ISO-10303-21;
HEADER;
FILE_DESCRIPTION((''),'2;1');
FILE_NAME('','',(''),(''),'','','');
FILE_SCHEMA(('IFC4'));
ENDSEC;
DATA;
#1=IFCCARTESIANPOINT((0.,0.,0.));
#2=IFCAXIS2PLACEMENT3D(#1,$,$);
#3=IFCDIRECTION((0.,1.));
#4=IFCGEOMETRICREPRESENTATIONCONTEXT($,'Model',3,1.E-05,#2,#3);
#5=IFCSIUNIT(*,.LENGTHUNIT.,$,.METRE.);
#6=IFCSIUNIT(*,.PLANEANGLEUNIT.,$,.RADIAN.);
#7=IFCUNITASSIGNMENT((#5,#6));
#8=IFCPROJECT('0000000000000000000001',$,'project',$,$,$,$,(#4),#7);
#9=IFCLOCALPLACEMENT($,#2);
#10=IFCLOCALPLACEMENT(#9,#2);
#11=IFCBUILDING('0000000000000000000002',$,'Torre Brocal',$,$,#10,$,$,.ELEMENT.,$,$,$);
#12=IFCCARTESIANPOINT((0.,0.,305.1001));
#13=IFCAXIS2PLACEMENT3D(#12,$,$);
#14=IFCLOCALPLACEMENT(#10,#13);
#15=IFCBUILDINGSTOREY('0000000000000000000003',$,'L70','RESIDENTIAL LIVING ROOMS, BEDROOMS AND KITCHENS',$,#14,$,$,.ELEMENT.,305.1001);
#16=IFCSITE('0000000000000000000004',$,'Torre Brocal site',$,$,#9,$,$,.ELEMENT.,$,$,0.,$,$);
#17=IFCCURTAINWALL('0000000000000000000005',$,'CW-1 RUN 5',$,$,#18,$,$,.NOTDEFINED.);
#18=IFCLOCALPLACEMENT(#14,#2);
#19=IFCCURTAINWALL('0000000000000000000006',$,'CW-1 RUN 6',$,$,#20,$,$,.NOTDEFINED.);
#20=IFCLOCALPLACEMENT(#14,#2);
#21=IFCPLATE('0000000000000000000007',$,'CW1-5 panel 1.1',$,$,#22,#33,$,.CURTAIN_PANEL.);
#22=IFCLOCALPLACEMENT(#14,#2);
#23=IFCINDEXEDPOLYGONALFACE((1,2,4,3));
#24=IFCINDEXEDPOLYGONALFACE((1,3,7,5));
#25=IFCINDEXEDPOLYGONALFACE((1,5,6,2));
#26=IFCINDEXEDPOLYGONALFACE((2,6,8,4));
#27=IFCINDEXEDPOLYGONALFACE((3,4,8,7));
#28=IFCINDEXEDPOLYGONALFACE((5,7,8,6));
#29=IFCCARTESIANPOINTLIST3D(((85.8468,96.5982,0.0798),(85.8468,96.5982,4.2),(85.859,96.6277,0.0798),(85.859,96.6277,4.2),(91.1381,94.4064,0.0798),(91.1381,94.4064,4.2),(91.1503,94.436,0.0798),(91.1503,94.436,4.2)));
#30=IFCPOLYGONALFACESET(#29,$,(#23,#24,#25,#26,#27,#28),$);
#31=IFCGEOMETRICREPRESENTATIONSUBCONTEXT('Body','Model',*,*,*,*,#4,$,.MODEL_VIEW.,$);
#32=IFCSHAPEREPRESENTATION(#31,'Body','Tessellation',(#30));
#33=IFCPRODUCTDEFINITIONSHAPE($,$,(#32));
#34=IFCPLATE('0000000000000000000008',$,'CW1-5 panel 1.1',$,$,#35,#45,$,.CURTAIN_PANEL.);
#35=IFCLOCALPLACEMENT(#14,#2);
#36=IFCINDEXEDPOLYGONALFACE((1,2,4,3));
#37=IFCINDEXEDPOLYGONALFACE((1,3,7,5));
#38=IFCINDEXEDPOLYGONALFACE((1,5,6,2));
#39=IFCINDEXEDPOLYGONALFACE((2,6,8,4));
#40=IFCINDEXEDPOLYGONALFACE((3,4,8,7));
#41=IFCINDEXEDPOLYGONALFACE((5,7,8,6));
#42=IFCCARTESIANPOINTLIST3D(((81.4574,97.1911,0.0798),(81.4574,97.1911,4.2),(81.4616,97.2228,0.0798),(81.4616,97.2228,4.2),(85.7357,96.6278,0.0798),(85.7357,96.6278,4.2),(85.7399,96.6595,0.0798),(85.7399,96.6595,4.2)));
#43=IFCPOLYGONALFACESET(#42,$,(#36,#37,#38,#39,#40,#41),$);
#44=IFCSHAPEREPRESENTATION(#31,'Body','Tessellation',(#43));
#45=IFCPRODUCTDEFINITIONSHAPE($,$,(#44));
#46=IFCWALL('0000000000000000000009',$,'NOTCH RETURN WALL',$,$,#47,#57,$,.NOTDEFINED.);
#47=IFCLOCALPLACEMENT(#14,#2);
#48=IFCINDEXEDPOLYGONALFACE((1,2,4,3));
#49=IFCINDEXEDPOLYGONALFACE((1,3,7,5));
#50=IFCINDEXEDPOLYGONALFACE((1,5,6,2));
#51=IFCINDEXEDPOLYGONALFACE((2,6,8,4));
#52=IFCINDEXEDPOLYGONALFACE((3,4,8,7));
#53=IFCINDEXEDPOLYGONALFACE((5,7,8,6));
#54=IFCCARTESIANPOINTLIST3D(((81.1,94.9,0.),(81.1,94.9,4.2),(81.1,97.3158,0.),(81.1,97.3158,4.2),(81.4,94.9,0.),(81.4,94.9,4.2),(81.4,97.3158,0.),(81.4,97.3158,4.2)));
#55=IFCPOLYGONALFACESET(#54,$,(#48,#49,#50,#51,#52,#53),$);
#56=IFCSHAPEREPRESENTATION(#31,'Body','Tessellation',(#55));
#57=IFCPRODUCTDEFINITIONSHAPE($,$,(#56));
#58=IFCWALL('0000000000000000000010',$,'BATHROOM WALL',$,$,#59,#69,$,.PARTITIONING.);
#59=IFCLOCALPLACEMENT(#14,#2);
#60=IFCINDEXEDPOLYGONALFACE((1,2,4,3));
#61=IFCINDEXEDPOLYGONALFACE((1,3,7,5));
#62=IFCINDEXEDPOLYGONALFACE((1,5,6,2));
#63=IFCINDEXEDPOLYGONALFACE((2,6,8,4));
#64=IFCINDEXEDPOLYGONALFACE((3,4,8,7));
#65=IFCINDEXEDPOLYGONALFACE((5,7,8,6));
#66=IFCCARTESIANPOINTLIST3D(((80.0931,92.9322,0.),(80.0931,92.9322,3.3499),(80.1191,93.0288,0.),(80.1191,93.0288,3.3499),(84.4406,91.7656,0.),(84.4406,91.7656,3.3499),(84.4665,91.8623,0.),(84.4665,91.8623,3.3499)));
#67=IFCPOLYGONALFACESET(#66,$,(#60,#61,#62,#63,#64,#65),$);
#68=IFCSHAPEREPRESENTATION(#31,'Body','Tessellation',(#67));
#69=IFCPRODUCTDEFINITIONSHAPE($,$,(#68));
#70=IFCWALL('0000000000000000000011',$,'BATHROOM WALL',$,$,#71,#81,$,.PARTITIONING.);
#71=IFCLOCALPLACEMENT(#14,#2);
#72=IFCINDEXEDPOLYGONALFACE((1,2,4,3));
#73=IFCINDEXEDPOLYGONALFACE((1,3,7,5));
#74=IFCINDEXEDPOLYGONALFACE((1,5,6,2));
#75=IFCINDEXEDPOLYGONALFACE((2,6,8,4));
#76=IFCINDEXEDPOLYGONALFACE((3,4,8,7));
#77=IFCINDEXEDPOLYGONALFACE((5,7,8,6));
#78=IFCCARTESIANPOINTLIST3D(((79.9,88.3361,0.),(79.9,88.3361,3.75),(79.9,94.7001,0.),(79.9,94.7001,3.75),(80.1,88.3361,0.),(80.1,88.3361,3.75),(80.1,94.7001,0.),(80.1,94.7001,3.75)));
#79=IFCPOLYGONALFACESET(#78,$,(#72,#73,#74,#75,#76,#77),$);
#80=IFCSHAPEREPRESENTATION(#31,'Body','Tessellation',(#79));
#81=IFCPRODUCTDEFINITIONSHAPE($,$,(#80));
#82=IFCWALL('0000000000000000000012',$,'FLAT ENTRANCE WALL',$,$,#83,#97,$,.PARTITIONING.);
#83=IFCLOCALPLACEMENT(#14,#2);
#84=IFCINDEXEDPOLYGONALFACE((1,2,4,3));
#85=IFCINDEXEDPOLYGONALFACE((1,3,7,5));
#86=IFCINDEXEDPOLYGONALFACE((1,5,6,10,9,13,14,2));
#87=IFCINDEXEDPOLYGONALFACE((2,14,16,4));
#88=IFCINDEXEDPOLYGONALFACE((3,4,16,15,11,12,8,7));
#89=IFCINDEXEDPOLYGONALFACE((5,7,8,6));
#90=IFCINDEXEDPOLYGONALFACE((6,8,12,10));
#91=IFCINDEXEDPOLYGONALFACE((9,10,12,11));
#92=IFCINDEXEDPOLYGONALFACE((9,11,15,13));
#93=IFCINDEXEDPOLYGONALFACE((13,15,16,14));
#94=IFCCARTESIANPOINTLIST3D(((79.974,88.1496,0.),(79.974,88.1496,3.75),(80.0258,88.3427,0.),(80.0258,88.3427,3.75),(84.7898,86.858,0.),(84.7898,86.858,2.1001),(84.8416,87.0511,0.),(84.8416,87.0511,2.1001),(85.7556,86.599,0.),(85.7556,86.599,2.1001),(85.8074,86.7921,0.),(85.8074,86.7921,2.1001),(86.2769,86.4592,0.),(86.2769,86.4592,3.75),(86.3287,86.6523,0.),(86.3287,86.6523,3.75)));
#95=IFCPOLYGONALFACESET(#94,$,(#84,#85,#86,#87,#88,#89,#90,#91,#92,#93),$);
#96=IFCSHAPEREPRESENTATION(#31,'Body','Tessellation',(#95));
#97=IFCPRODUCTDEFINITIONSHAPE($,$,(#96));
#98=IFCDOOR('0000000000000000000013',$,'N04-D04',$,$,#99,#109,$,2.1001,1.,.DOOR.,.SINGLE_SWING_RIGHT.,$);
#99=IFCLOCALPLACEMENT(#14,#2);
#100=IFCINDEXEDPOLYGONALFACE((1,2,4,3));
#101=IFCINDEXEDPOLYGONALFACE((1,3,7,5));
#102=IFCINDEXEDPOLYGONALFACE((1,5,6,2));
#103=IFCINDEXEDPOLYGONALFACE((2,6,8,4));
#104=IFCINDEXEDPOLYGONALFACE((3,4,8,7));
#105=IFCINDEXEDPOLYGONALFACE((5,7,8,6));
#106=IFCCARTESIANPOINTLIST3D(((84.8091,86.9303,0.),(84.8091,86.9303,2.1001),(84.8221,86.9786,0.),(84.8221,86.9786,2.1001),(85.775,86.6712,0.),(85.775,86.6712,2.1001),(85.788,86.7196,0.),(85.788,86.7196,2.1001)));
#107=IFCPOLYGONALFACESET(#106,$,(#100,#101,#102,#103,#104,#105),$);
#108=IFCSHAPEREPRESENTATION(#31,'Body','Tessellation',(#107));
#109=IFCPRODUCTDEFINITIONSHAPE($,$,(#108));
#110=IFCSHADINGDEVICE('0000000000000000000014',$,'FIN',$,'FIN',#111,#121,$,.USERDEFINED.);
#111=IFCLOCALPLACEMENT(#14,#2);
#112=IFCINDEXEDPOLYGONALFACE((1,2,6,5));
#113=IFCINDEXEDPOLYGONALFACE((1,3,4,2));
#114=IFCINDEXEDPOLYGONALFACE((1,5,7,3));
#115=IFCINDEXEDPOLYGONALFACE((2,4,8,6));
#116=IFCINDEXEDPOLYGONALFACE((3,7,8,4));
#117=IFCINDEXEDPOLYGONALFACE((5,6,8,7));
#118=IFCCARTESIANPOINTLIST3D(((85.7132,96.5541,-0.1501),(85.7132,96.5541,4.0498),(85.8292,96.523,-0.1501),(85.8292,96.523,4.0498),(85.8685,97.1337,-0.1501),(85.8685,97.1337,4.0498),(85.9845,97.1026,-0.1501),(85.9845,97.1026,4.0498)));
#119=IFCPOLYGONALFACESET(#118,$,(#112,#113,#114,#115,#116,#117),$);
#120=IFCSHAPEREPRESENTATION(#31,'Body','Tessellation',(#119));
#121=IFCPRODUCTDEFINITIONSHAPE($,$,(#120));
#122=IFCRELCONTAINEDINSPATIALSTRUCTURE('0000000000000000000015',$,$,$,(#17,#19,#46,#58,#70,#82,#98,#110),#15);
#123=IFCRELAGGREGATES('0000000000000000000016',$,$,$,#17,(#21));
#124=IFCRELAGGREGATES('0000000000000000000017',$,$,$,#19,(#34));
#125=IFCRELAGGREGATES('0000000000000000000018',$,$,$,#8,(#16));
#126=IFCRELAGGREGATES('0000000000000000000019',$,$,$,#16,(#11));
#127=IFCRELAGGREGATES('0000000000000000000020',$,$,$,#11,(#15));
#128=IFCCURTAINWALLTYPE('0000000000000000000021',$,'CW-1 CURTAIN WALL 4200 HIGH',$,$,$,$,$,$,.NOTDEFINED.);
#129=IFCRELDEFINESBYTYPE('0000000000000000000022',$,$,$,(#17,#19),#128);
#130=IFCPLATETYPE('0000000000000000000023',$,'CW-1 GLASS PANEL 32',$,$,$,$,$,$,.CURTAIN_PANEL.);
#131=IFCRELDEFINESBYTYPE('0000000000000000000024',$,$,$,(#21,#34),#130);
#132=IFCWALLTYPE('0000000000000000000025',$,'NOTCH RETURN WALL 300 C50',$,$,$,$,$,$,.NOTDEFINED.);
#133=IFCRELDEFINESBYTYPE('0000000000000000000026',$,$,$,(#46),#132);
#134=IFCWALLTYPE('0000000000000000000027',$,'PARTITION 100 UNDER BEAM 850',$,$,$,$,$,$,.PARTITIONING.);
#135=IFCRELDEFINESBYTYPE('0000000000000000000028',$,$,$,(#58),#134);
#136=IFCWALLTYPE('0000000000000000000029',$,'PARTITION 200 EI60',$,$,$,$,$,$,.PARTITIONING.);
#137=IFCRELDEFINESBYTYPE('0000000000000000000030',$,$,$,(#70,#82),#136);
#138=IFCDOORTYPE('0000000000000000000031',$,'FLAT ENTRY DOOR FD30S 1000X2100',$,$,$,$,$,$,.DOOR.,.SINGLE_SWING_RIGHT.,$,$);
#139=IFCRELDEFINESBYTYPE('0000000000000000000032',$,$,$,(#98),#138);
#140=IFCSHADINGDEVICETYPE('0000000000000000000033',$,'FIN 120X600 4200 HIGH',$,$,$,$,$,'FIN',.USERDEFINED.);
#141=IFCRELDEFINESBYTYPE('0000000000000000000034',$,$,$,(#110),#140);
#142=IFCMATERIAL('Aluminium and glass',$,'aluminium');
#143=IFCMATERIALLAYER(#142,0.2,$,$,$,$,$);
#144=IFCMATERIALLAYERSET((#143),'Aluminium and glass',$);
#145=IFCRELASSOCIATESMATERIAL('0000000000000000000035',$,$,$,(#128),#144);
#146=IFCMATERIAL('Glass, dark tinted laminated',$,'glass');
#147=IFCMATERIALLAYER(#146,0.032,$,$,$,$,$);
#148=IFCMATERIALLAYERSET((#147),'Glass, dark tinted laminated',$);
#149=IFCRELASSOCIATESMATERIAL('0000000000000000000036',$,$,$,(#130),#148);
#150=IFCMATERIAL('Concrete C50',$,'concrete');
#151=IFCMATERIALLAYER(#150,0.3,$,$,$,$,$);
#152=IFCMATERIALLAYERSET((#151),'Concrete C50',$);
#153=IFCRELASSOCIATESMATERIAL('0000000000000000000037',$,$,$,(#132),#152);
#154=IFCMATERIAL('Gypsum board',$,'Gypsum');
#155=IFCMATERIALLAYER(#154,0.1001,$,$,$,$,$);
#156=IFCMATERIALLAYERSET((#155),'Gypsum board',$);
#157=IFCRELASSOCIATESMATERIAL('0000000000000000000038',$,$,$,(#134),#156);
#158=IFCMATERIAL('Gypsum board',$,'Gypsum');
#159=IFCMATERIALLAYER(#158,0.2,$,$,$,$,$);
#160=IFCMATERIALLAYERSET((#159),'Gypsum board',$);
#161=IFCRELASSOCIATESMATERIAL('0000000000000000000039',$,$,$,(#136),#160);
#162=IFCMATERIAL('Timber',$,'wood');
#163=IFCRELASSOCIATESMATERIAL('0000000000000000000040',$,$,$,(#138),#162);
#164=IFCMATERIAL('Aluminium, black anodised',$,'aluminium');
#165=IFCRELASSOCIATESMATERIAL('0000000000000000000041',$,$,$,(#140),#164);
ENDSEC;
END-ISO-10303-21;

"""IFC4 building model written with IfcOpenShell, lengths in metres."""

from ifc_helpers import new_model, si_unit, direction, frame, frame_2d, origin, origin_2d, place, context, subcontext, project, spatial, rectangle, extrude, material, layer, layer_set, material_profile, profile_set, type_object, element, fill, aggregate, save


model = new_model("IFC4")

# Units and contexts
model_context = context("Model", 3, precision=1e-05, world=origin(), true_north=direction((0.0, 1.0)))
body_context = subcontext(model_context, "Body", "Model", "MODEL_VIEW")
ifc_project = project(units=[si_unit("LENGTHUNIT", "METRE"), si_unit("PLANEANGLEUNIT", "RADIAN")], contexts=[model_context])

# Site, building, storey
site_placement = place(None, origin())
site = spatial("IfcSite", under=ifc_project, at=site_placement, Name="Torre Brocal site", CompositionType="ELEMENT", RefElevation=0.0)
building_placement = place(site_placement, origin())
building = spatial("IfcBuilding", under=site, at=building_placement, Name="Torre Brocal", CompositionType="ELEMENT")
storey_placement = place(building_placement, frame((0.0, 0.0, 305.1001)))
storey = spatial("IfcBuildingStorey", under=building, at=storey_placement, Name="L70", Description="RESIDENTIAL LIVING ROOMS, BEDROOMS AND KITCHENS", CompositionType="ELEMENT", Elevation=305.1001)

# Curtain wall
ifc_material_1 = material(Name="Aluminium and glass", Category="aluminium")
ifc_layer_1 = layer(ifc_material_1, 0.2)
ifc_layer_set_1 = layer_set([ifc_layer_1], Name="Aluminium and glass")
curtain_wall_type = type_object("IfcCurtainWallType", Name="CW-1 CURTAIN WALL 4200 HIGH", PredefinedType="NOTDEFINED", material=ifc_layer_set_1)
curtain_wall_1_placement = place(storey_placement, origin())
curtain_wall_1 = element("IfcCurtainWall", 1, at=curtain_wall_1_placement, inside=storey, type_object=curtain_wall_type, Name="CW-1 RUN 5", PredefinedType="NOTDEFINED")

# Curtain wall
curtain_wall_2_placement = place(storey_placement, origin())
curtain_wall_2 = element("IfcCurtainWall", 2, at=curtain_wall_2_placement, inside=storey, type_object=curtain_wall_type, Name="CW-1 RUN 6", PredefinedType="NOTDEFINED")

# Plates
ifc_material_2 = material(Name="Glass, dark tinted laminated", Category="glass")
ifc_layer_2 = layer(ifc_material_2, 0.032)
ifc_layer_set_2 = layer_set([ifc_layer_2], Name="Glass, dark tinted laminated")
plate_type = type_object("IfcPlateType", Name="CW-1 GLASS PANEL 32", PredefinedType="CURTAIN_PANEL", material=ifc_layer_set_2)
plate_1_placement = place(storey_placement, frame((88.4985, 95.5171, 0.0798), z_axis=(0.0, 0.0, 1.0), x_axis=(-0.92388, 0.382683, 0.0)))
plate_1 = element("IfcPlate", 3, at=plate_1_placement, type_object=plate_type, Name="CW1-5 panel 1.1", PredefinedType="CURTAIN_PANEL", context=body_context, shape_type="SweptSolid", body=[
    extrude(rectangle(XDim=5.7273, YDim=0.032, at=origin_2d()), origin(), (0.0, 0.0, 1.0), 4.1201),
])
aggregate(curtain_wall_1, [plate_1])
plate_2_placement = place(storey_placement, frame((83.5986, 96.9253, 0.0798), z_axis=(0.0, 0.0, 1.0), x_axis=(-0.991445, 0.130526, 0.0)))
plate_2 = element("IfcPlate", 4, at=plate_2_placement, type_object=plate_type, Name="CW1-5 panel 1.1", PredefinedType="CURTAIN_PANEL", context=body_context, shape_type="SweptSolid", body=[
    extrude(rectangle(XDim=4.3152, YDim=0.032, at=origin_2d()), origin(), (0.0, 0.0, 1.0), 4.1201),
])
aggregate(curtain_wall_2, [plate_2])

# Walls
ifc_material_3 = material(Name="Concrete C50", Category="concrete")
ifc_layer_3 = layer(ifc_material_3, 0.3)
ifc_layer_set_3 = layer_set([ifc_layer_3], Name="Concrete C50")
wall_type_1 = type_object("IfcWallType", Name="NOTCH RETURN WALL 300 C50", PredefinedType="NOTDEFINED", material=ifc_layer_set_3)
wall_1_placement = place(storey_placement, frame((81.25, 94.8999, 0.0), z_axis=(0.0, 0.0, 1.0), x_axis=(0.0, 1.0, 0.0)))
element("IfcWall", 5, at=wall_1_placement, inside=storey, type_object=wall_type_1, Name="NOTCH RETURN WALL", PredefinedType="NOTDEFINED", context=body_context, shape_type="SweptSolid", body=[
    extrude(rectangle(XDim=2.4158, YDim=0.3, at=frame_2d((1.208, 0.0))), origin(), (0.0, 0.0, 1.0), 4.2),
])
ifc_material_4 = material(Name="Gypsum board", Category="Gypsum")
ifc_layer_4 = layer(ifc_material_4, 0.1001)
ifc_layer_set_4 = layer_set([ifc_layer_4], Name="Gypsum board")
wall_type_2 = type_object("IfcWallType", Name="PARTITION 100 UNDER BEAM 850", PredefinedType="PARTITIONING", material=ifc_layer_set_4)
wall_2_placement = place(storey_placement, frame((80.1062, 92.9805, 0.0), z_axis=(0.0, 0.0, 1.0), x_axis=(0.965836, -0.259154, 0.0)))
element("IfcWall", 6, at=wall_2_placement, inside=storey, type_object=wall_type_2, Name="BATHROOM WALL", PredefinedType="PARTITIONING", context=body_context, shape_type="SweptSolid", body=[
    extrude(rectangle(XDim=4.5012, YDim=0.1001, at=frame_2d((2.2505, 0.0))), origin(), (0.0, 0.0, 1.0), 3.3499),
])
ifc_material_5 = material(Name="Gypsum board", Category="Gypsum")
ifc_layer_5 = layer(ifc_material_5, 0.2)
ifc_layer_set_5 = layer_set([ifc_layer_5], Name="Gypsum board")
wall_type_3 = type_object("IfcWallType", Name="PARTITION 200 EI60", PredefinedType="PARTITIONING", material=ifc_layer_set_5)
wall_3_placement = place(storey_placement, frame((80.0, 88.3359, 0.0), z_axis=(0.0, 0.0, 1.0), x_axis=(0.0, 1.0, 0.0)))
element("IfcWall", 7, at=wall_3_placement, inside=storey, type_object=wall_type_3, Name="BATHROOM WALL", PredefinedType="PARTITIONING", context=body_context, shape_type="SweptSolid", body=[
    extrude(rectangle(XDim=6.364, YDim=0.2, at=frame_2d((3.1821, 0.0))), origin(), (0.0, 0.0, 1.0), 3.75),
])

# Wall, opening, door
wall_4_placement = place(storey_placement, frame((80.0, 88.2461, 0.0), z_axis=(0.0, 0.0, 1.0), x_axis=(0.965866, -0.259041, 0.0)))
wall_4 = element("IfcWall", 8, at=wall_4_placement, inside=storey, type_object=wall_type_3, Name="FLAT ENTRANCE WALL", PredefinedType="PARTITIONING", context=body_context, shape_type="SweptSolid", body=[
    extrude(rectangle(XDim=6.5256, YDim=0.2, at=frame_2d((3.2627, 0.0))), origin(), (0.0, 0.0, 1.0), 3.75),
])
opening_placement = place(wall_4_placement, frame((4.9858, 0.0, 0.0)))
opening = element("IfcOpeningElement", 9, at=opening_placement, cuts=wall_4, PredefinedType="OPENING", context=body_context, shape_type="SweptSolid", body=[
    extrude(rectangle(XDim=1.0, YDim=2.1001, at=frame_2d((0.5, 1.05))), frame((0.0, 0.1099, 0.0), z_axis=(0.0, -1.0, 0.0), x_axis=(1.0, 0.0, 0.0)), (0.0, 0.0, 1.0), 0.22),
])
ifc_material_6 = material(Name="Timber", Category="wood")
door_type = type_object("IfcDoorType", Name="FLAT ENTRY DOOR FD30S 1000X2100", OperationType="SINGLE_SWING_RIGHT", PredefinedType="DOOR", material=ifc_material_6)
door_placement = place(opening_placement, origin())
door = element("IfcDoor", 10, at=door_placement, inside=storey, type_object=door_type, Name="N04-D04", OperationType="SINGLE_SWING_RIGHT", OverallHeight=2.1001, OverallWidth=1.0, PredefinedType="DOOR", context=body_context, shape_type="SweptSolid", body=[
    extrude(rectangle(XDim=1.0, YDim=2.1001, at=frame_2d((0.5, 1.05))), frame((0.0, 0.0249, 0.0), z_axis=(0.0, -1.0, 0.0), x_axis=(1.0, 0.0, 0.0)), (0.0, 0.0, 1.0), 0.05),
])
fill(opening, door)

# Shading device
ifc_material_7 = material(Name="Aluminium, black anodised", Category="aluminium")
ifc_material_profile_1 = material_profile(ifc_material_7, rectangle(XDim=0.1201, YDim=0.6001, at=origin_2d()), Name="FIN 120X600 4200 HIGH")
ifc_profile_set_1 = profile_set([ifc_material_profile_1], Name="Aluminium, black anodised")
shading_device_type = type_object("IfcShadingDeviceType", Name="FIN 120X600 4200 HIGH", ElementType="FIN", PredefinedType="USERDEFINED", material=ifc_profile_set_1)
shading_device_placement = place(storey_placement, frame((85.8489, 96.8284, -0.1501), z_axis=(0.0, 0.0, 1.0), x_axis=(-0.965926, 0.258819, 0.0)))
element("IfcShadingDevice", 11, at=shading_device_placement, inside=storey, type_object=shading_device_type, Name="FIN", ObjectType="FIN", PredefinedType="USERDEFINED", context=body_context, shape_type="SweptSolid", body=[
    extrude(rectangle(XDim=0.1201, YDim=0.6001, at=origin_2d()), origin(), (0.0, 0.0, 1.0), 4.2),
])

save(model, "model.ifc")
